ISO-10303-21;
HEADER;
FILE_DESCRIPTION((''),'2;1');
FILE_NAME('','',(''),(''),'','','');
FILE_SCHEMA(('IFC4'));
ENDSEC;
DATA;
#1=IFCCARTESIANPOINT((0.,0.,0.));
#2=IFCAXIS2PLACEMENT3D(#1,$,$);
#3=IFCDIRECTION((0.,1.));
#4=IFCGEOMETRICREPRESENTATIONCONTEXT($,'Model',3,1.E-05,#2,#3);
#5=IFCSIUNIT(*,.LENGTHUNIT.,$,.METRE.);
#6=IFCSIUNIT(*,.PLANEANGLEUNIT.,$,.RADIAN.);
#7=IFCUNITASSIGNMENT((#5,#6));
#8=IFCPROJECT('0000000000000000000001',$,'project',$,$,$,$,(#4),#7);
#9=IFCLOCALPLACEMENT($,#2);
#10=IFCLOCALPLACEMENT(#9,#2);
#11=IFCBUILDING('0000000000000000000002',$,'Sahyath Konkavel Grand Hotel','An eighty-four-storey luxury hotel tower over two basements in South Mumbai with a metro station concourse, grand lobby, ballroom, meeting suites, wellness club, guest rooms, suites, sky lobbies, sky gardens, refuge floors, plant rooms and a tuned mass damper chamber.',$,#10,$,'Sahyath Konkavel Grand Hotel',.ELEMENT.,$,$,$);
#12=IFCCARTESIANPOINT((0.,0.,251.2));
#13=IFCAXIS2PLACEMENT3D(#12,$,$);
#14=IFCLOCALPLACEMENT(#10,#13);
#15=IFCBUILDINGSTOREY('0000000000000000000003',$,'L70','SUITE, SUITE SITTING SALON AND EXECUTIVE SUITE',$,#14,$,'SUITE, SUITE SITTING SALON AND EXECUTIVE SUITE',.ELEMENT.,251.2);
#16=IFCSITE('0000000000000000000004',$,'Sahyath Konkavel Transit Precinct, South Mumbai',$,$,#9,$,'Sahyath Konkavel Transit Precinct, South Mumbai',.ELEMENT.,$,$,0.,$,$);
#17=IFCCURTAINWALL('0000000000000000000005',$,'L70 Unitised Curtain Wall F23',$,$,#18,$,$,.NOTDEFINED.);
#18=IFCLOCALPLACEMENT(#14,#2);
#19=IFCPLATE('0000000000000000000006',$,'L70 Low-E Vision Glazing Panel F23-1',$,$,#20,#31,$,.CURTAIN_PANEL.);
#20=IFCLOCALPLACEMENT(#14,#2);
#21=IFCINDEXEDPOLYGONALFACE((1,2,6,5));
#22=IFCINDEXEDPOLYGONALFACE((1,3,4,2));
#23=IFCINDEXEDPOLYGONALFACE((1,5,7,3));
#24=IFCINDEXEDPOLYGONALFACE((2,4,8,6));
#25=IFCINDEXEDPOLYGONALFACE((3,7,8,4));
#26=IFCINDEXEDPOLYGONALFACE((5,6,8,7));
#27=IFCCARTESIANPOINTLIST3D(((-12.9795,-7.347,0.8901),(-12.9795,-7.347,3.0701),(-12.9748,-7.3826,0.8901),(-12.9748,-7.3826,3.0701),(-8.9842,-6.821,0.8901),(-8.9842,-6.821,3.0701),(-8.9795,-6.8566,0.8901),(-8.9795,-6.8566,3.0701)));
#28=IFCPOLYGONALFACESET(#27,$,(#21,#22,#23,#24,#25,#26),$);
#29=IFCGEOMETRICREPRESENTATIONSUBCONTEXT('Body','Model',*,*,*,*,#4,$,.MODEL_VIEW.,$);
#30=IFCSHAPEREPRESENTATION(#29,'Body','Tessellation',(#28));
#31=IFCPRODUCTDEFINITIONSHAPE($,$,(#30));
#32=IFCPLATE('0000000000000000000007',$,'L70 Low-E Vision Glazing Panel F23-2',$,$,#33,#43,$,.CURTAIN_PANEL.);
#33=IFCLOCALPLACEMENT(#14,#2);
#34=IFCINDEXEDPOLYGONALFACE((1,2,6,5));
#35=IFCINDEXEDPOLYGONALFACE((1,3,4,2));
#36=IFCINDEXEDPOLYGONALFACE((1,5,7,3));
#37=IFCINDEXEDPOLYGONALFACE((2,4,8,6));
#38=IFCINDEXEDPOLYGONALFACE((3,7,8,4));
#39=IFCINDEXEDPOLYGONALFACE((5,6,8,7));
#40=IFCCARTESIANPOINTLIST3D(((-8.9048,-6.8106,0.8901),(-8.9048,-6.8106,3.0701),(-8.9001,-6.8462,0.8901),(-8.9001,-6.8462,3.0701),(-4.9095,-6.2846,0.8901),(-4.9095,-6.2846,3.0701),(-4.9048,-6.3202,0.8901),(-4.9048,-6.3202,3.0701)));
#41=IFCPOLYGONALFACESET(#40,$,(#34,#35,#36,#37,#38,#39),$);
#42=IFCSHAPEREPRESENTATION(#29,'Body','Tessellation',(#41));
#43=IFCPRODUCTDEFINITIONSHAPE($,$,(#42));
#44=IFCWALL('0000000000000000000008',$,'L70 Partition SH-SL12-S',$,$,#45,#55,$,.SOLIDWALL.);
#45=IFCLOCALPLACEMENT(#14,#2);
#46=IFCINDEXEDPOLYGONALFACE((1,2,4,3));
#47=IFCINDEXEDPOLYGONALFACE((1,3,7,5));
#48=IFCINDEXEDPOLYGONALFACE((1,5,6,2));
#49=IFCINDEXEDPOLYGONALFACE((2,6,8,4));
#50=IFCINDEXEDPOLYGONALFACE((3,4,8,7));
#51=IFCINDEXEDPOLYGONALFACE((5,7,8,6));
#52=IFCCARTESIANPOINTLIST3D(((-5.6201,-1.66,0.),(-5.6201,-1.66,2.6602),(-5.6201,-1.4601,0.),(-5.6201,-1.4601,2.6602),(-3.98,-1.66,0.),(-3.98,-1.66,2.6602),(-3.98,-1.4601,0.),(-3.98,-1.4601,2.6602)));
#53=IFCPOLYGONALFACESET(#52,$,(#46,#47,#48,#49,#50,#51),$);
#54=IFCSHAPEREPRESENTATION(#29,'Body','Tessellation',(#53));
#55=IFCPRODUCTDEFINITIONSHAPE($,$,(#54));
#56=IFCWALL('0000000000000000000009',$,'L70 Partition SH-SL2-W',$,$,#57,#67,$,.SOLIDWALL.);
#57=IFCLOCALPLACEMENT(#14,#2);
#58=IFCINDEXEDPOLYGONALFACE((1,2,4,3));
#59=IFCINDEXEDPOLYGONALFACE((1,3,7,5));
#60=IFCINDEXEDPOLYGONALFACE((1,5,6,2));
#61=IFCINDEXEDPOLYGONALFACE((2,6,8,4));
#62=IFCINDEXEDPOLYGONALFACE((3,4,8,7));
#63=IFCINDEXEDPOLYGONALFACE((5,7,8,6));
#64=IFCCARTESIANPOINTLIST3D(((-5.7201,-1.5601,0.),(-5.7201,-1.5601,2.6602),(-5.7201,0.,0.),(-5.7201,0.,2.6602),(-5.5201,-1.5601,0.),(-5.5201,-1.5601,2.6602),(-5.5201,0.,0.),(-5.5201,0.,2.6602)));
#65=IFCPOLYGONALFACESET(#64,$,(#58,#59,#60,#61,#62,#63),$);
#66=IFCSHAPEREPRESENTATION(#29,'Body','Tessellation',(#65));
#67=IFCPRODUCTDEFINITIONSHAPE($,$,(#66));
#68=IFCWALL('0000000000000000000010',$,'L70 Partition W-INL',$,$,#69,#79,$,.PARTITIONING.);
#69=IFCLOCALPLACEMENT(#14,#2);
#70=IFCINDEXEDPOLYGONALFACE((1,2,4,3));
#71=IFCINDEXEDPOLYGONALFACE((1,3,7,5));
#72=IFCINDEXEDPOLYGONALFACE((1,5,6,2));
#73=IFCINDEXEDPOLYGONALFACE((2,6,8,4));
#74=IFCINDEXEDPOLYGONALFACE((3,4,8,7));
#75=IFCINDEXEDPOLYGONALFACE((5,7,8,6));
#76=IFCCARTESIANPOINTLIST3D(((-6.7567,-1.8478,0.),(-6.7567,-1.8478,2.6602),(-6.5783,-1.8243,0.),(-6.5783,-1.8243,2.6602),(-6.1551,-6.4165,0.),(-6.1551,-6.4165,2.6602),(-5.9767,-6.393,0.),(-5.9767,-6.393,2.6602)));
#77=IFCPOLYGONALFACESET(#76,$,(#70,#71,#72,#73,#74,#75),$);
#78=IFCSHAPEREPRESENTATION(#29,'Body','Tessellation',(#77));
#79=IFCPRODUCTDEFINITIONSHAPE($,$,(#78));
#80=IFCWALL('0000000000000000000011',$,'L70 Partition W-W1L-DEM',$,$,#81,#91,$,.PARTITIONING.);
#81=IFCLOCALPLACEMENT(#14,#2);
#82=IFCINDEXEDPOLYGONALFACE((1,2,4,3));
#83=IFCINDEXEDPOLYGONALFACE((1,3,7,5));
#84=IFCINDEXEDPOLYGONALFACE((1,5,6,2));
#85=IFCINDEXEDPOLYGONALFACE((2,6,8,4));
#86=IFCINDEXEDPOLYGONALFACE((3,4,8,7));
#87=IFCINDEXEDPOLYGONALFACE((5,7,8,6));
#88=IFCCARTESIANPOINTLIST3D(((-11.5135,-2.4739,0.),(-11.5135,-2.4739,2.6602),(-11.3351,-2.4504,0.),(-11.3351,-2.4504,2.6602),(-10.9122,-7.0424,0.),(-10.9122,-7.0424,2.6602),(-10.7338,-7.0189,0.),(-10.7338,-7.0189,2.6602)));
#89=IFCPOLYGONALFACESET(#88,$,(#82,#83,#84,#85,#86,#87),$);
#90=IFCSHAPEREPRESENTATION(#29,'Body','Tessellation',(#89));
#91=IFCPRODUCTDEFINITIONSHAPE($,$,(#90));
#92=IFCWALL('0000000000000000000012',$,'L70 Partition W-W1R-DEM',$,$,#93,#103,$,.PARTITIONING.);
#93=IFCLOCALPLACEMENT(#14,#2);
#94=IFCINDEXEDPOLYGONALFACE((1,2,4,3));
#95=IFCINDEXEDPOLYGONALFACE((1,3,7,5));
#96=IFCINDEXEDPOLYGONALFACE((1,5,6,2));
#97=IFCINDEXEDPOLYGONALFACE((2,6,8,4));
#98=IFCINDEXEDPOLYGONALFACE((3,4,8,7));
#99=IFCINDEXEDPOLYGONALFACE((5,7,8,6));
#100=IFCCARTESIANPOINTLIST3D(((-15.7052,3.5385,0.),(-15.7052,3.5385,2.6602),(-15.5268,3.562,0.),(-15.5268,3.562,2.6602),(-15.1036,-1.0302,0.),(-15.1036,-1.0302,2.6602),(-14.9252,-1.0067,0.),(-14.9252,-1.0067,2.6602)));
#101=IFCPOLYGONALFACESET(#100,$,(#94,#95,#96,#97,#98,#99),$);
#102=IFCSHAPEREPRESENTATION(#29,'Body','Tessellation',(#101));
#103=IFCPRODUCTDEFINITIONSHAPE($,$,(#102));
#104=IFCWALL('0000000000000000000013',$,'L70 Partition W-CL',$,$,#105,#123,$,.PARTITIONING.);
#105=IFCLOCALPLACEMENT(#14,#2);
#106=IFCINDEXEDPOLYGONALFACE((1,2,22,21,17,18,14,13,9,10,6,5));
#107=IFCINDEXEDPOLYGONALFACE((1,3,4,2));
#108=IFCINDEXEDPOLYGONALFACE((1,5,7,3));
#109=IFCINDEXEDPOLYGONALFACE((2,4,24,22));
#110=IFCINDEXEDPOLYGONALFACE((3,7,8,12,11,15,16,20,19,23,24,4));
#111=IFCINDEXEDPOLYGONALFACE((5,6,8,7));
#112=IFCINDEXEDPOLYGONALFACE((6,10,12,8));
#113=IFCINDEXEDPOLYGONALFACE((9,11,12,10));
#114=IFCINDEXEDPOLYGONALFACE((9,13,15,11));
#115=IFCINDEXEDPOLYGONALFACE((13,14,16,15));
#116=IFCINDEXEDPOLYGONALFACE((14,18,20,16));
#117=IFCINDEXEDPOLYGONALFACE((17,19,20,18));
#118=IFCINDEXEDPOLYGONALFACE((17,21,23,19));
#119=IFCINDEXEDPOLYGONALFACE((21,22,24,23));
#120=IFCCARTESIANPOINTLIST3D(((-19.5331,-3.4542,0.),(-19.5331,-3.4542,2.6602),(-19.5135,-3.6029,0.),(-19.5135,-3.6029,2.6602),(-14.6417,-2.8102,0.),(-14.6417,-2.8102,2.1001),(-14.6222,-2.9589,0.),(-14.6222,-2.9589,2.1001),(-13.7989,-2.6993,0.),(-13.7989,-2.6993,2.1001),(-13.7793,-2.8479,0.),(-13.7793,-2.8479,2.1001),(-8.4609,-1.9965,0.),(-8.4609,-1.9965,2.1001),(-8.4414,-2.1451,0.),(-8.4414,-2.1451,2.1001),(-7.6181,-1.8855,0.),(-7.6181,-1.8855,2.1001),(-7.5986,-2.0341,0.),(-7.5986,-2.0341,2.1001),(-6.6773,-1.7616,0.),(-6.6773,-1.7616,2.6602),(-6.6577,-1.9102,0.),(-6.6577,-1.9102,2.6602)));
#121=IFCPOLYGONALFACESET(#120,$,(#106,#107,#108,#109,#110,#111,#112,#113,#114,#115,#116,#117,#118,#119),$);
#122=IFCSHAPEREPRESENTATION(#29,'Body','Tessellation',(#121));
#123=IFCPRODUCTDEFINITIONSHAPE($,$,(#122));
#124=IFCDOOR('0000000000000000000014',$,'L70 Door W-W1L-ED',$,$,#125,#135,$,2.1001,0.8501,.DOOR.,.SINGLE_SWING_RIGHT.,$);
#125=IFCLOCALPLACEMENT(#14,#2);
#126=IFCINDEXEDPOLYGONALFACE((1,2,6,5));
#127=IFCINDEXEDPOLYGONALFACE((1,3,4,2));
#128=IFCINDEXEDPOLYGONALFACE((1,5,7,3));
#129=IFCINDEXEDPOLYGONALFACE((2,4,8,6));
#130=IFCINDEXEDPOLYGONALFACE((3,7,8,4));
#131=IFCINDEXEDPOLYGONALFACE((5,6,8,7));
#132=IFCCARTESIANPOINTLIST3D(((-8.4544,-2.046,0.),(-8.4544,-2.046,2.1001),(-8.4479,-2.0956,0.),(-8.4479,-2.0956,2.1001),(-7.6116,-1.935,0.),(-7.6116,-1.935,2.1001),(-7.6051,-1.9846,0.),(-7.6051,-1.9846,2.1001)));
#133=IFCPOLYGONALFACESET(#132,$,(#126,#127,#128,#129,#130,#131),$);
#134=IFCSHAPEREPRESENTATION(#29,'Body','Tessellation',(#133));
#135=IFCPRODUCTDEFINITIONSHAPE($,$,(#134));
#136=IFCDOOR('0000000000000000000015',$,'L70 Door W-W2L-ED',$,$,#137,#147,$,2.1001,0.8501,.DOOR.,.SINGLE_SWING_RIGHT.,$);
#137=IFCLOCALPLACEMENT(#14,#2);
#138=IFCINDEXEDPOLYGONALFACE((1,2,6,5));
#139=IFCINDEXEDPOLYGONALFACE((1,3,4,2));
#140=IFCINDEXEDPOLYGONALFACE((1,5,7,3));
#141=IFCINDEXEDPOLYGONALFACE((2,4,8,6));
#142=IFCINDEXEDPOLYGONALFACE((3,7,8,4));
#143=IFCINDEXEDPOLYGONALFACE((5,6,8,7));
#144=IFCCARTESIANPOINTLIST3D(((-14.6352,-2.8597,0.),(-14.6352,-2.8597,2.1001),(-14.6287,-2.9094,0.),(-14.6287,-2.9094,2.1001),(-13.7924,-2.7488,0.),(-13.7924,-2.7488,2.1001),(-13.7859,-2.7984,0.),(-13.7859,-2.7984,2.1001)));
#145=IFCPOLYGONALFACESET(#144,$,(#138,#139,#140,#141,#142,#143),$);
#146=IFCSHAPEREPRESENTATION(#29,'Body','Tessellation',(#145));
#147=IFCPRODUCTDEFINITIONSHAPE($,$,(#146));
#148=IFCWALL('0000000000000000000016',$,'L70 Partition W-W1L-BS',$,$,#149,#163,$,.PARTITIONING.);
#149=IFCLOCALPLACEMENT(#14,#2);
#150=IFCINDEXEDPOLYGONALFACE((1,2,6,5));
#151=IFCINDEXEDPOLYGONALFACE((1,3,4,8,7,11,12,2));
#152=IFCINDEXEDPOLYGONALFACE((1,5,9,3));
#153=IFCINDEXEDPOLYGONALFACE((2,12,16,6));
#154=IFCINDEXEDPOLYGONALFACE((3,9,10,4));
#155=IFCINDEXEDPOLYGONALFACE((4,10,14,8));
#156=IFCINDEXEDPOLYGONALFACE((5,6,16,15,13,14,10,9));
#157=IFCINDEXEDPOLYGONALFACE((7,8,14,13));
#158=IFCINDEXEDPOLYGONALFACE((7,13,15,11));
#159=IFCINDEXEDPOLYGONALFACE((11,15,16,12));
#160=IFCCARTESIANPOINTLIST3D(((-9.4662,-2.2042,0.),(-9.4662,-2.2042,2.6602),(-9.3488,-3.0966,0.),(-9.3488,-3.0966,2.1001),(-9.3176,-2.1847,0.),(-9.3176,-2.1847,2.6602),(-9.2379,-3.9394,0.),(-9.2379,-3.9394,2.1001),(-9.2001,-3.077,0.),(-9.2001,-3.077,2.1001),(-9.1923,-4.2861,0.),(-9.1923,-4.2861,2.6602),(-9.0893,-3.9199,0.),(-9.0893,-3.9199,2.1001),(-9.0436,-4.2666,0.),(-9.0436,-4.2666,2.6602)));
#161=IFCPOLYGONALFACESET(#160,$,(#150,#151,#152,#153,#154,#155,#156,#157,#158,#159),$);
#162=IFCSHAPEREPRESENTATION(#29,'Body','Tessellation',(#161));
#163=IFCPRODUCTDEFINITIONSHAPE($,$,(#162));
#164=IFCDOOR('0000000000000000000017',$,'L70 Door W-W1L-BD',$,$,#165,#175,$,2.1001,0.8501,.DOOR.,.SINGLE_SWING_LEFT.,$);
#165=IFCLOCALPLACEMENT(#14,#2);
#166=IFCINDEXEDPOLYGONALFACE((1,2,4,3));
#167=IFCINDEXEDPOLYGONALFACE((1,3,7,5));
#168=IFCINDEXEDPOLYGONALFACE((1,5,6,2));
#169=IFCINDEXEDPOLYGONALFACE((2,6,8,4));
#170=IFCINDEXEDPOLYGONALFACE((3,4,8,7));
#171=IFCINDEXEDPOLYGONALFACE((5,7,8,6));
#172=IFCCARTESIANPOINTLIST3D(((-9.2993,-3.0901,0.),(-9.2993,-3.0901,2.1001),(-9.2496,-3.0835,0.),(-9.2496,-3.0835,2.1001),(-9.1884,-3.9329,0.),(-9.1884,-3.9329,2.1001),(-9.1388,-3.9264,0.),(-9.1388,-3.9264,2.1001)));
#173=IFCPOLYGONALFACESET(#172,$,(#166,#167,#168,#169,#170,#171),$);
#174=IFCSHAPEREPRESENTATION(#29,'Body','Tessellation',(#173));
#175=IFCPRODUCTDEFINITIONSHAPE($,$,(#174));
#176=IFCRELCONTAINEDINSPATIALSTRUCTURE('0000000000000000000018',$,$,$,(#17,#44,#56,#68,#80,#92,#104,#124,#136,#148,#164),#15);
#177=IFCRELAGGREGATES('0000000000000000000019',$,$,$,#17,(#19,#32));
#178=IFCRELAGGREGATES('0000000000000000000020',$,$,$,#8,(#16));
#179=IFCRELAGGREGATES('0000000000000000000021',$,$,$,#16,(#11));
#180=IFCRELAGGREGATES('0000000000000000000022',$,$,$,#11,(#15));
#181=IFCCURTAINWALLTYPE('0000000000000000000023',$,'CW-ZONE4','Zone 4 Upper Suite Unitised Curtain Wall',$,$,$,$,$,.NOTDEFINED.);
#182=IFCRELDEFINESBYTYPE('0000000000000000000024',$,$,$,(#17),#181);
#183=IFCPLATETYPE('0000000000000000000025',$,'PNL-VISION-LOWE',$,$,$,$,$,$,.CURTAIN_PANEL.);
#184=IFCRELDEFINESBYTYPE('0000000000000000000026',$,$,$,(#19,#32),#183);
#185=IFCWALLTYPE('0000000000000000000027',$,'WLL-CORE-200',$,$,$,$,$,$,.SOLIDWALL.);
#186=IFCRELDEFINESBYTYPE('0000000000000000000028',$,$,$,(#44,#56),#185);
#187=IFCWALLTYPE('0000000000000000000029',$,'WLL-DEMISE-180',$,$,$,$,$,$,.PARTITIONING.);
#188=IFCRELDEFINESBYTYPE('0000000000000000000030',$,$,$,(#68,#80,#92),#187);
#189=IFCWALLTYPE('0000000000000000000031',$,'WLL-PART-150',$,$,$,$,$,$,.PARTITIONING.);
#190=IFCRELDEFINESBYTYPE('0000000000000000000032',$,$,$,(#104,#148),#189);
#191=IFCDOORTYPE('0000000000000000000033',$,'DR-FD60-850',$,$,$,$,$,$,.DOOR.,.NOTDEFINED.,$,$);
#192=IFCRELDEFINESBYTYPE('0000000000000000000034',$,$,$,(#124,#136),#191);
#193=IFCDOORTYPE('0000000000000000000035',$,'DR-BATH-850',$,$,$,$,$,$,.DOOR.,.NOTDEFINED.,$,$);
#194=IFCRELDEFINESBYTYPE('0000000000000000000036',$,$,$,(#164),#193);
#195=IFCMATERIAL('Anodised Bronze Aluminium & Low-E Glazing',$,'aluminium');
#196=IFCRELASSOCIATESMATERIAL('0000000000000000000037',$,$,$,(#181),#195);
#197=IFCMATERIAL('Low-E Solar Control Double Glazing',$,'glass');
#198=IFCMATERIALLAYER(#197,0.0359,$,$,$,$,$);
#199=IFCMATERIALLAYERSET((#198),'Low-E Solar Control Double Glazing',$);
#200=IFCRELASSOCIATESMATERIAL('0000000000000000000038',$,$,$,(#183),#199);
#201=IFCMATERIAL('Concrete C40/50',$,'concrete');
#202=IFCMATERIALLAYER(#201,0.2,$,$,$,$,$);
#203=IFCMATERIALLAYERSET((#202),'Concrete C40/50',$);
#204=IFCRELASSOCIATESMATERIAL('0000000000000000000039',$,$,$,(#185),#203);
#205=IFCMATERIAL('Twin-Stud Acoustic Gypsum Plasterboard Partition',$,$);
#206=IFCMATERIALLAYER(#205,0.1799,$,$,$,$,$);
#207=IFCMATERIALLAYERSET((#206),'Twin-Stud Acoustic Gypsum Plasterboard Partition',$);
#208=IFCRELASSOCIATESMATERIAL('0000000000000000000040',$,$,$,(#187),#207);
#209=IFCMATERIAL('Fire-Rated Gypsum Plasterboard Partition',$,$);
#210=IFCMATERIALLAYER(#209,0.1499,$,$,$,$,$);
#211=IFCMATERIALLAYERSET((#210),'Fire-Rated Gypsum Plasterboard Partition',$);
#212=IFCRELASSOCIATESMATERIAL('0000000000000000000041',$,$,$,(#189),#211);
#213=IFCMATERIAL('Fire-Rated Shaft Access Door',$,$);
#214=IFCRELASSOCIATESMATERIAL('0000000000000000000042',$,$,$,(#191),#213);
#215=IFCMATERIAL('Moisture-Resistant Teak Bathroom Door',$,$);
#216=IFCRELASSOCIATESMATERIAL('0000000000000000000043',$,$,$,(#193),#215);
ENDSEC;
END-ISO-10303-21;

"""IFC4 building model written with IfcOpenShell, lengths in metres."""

from ifc_helpers import new_model, si_unit, direction, frame, frame_2d, origin, origin_2d, place, context, subcontext, project, spatial, rectangle, extrude, source, transform, mapped, material, layer, layer_set, type_object, element, fill, aggregate, save


model = new_model("IFC4")

# Units and contexts
model_context = context("Model", 3, precision=1e-05, world=origin(), true_north=direction((0.0, 1.0)))
body_context = subcontext(model_context, "Body", "Model", "MODEL_VIEW")
ifc_project = project(units=[si_unit("LENGTHUNIT", "METRE"), si_unit("PLANEANGLEUNIT", "RADIAN")], contexts=[model_context])

# Site, building, storey
site_placement = place(None, origin())
site = spatial("IfcSite", under=ifc_project, at=site_placement, Name="Sahyath Konkavel Transit Precinct, South Mumbai", LongName="Sahyath Konkavel Transit Precinct, South Mumbai", CompositionType="ELEMENT", RefElevation=0.0)
building_placement = place(site_placement, origin())
building = spatial("IfcBuilding", under=site, at=building_placement, Name="Sahyath Konkavel Grand Hotel", Description="An eighty-four-storey luxury hotel tower over two basements in South Mumbai with a metro station concourse, grand lobby, ballroom, meeting suites, wellness club, guest rooms, suites, sky lobbies, sky gardens, refuge floors, plant rooms and a tuned mass damper chamber.", LongName="Sahyath Konkavel Grand Hotel", CompositionType="ELEMENT")
storey_placement = place(building_placement, frame((0.0, 0.0, 251.2)))
storey = spatial("IfcBuildingStorey", under=building, at=storey_placement, Name="L70", Description="SUITE, SUITE SITTING SALON AND EXECUTIVE SUITE", LongName="SUITE, SUITE SITTING SALON AND EXECUTIVE SUITE", CompositionType="ELEMENT", Elevation=251.2)

# Shared definitions
ifc_material_1 = material(Name="Concrete C40/50", Category="concrete")

# Curtain wall
ifc_material_2 = material(Name="Anodised Bronze Aluminium & Low-E Glazing", Category="aluminium")
curtain_wall_type = type_object("IfcCurtainWallType", Name="CW-ZONE4", Description="Zone 4 Upper Suite Unitised Curtain Wall", PredefinedType="NOTDEFINED", material=ifc_material_2)
curtain_wall_placement = place(storey_placement, origin())
curtain_wall = element("IfcCurtainWall", 1, at=curtain_wall_placement, inside=storey, type_object=curtain_wall_type, Name="L70 Unitised Curtain Wall F23", PredefinedType="NOTDEFINED")

# Plates
ifc_material_3 = material(Name="Low-E Solar Control Double Glazing", Category="glass")
ifc_layer_1 = layer(ifc_material_3, 0.0359)
ifc_layer_set_1 = layer_set([ifc_layer_1], Name="Low-E Solar Control Double Glazing")
plate_type_1 = type_object("IfcPlateType", Name="PNL-VISION-LOWE", PredefinedType="CURTAIN_PANEL", material=ifc_layer_set_1)
shared_shape_1 = source(origin(), body_context, "Body", "SweptSolid", [
    extrude(rectangle(XDim=4.0298, YDim=0.0359, at=origin_2d()), origin(), (0.0, 0.0, 1.0), 2.1799),
])
plate_1_placement = place(storey_placement, frame((-10.9795, -7.1018, 0.8901), z_axis=(0.0, 0.0, 1.0), x_axis=(0.991445, 0.130526, 0.0)))
plate_1 = element("IfcPlate", 2, at=plate_1_placement, type_object=plate_type_1, Name="L70 Low-E Vision Glazing Panel F23-1", PredefinedType="CURTAIN_PANEL", context=body_context, shape_type="MappedRepresentation", body=[
    mapped(shared_shape_1, transform((0.0, 0.0, 0.0), scale=1.0)),
])
plate_2_placement = place(storey_placement, frame((-6.9048, -6.5654, 0.8901), z_axis=(0.0, 0.0, 1.0), x_axis=(0.991445, 0.130526, 0.0)))
plate_2 = element("IfcPlate", 3, at=plate_2_placement, type_object=plate_type_1, Name="L70 Low-E Vision Glazing Panel F23-2", PredefinedType="CURTAIN_PANEL", context=body_context, shape_type="MappedRepresentation", body=[
    mapped(shared_shape_1, transform((0.0, 0.0, 0.0), scale=1.0)),
])
aggregate(curtain_wall, [plate_1, plate_2])

# Walls
ifc_layer_2 = layer(ifc_material_1, 0.2)
ifc_layer_set_2 = layer_set([ifc_layer_2], Name="Concrete C40/50")
wall_type_1 = type_object("IfcWallType", Name="WLL-CORE-200", PredefinedType="SOLIDWALL", material=ifc_layer_set_2)
wall_1_placement = place(storey_placement, frame((-5.6201, -1.5601, 0.0), z_axis=(0.0, 0.0, 1.0), x_axis=(1.0, 0.0, 0.0)))
element("IfcWall", 4, at=wall_1_placement, inside=storey, type_object=wall_type_1, Name="L70 Partition SH-SL12-S", PredefinedType="SOLIDWALL", context=body_context, shape_type="SweptSolid", body=[
    extrude(rectangle(XDim=1.6401, YDim=0.2, at=frame_2d((0.8201, 0.0))), origin(), (0.0, 0.0, 1.0), 2.6602),
])
wall_2_placement = place(storey_placement, frame((-5.6201, -1.5601, 0.0), z_axis=(0.0, 0.0, 1.0), x_axis=(0.0, 1.0, 0.0)))
element("IfcWall", 5, at=wall_2_placement, inside=storey, type_object=wall_type_1, Name="L70 Partition SH-SL2-W", PredefinedType="SOLIDWALL", context=body_context, shape_type="SweptSolid", body=[
    extrude(rectangle(XDim=1.5601, YDim=0.2, at=frame_2d((0.78, 0.0))), origin(), (0.0, 0.0, 1.0), 2.6602),
])
ifc_material_4 = material(Name="Twin-Stud Acoustic Gypsum Plasterboard Partition")
ifc_layer_3 = layer(ifc_material_4, 0.1799)
ifc_layer_set_3 = layer_set([ifc_layer_3], Name="Twin-Stud Acoustic Gypsum Plasterboard Partition")
wall_type_2 = type_object("IfcWallType", Name="WLL-DEMISE-180", PredefinedType="PARTITIONING", material=ifc_layer_set_3)
wall_3_placement = place(storey_placement, frame((-6.6675, -1.8359, 0.0), z_axis=(0.0, 0.0, 1.0), x_axis=(0.130546, -0.991442, 0.0)))
element("IfcWall", 6, at=wall_3_placement, inside=storey, type_object=wall_type_2, Name="L70 Partition W-INL", PredefinedType="PARTITIONING", context=body_context, shape_type="SweptSolid", body=[
    extrude(rectangle(XDim=4.6082, YDim=0.1799, at=frame_2d((2.3042, 0.0))), origin(), (0.0, 0.0, 1.0), 2.6602),
])
wall_4_placement = place(storey_placement, frame((-11.4243, -2.4622, 0.0), z_axis=(0.0, 0.0, 1.0), x_axis=(0.130494, -0.991449, 0.0)))
element("IfcWall", 7, at=wall_4_placement, inside=storey, type_object=wall_type_2, Name="L70 Partition W-W1L-DEM", PredefinedType="PARTITIONING", context=body_context, shape_type="SweptSolid", body=[
    extrude(rectangle(XDim=4.6079, YDim=0.1799, at=frame_2d((2.304, 0.0))), origin(), (0.0, 0.0, 1.0), 2.6602),
])
wall_5_placement = place(storey_placement, frame((-15.0144, -1.0186, 0.0), z_axis=(0.0, 0.0, 1.0), x_axis=(-0.130546, 0.991442, 0.0)))
element("IfcWall", 8, at=wall_5_placement, inside=storey, type_object=wall_type_2, Name="L70 Partition W-W1R-DEM", PredefinedType="PARTITIONING", context=body_context, shape_type="SweptSolid", body=[
    extrude(rectangle(XDim=4.6082, YDim=0.1799, at=frame_2d((2.3042, 0.0))), origin(), (0.0, 0.0, 1.0), 2.6602),
])

# Wall, openings, doors
ifc_material_5 = material(Name="Fire-Rated Gypsum Plasterboard Partition")
ifc_layer_4 = layer(ifc_material_5, 0.1499)
ifc_layer_set_4 = layer_set([ifc_layer_4], Name="Fire-Rated Gypsum Plasterboard Partition")
wall_type_3 = type_object("IfcWallType", Name="WLL-PART-150", PredefinedType="PARTITIONING", material=ifc_layer_set_4)
wall_6_placement = place(storey_placement, frame((-6.6675, -1.8359, 0.0), z_axis=(0.0, 0.0, 1.0), x_axis=(-0.991444, -0.130534, 0.0)))
wall_6 = element("IfcWall", 9, at=wall_6_placement, inside=storey, type_object=wall_type_3, Name="L70 Partition W-CL", PredefinedType="PARTITIONING", context=body_context, shape_type="SweptSolid", body=[
    extrude(rectangle(XDim=12.9668, YDim=0.1499, at=frame_2d((6.4834, 0.0))), origin(), (0.0, 0.0, 1.0), 2.6602),
])
opening_1_placement = place(wall_6_placement, frame((0.949, 0.0, 0.0)))
opening_1 = element("IfcOpeningElement", 10, at=opening_1_placement, cuts=wall_6, PredefinedType="OPENING", context=body_context, shape_type="SweptSolid", body=[
    extrude(rectangle(XDim=0.8501, YDim=2.1001, at=frame_2d((0.425, 1.05))), frame((0.0, 0.085, 0.0), z_axis=(0.0, -1.0, 0.0), x_axis=(1.0, 0.0, 0.0)), (0.0, 0.0, 1.0), 0.1699),
])
opening_2_placement = place(wall_6_placement, frame((7.1831, 0.0, 0.0)))
opening_2 = element("IfcOpeningElement", 11, at=opening_2_placement, cuts=wall_6, PredefinedType="OPENING", context=body_context, shape_type="SweptSolid", body=[
    extrude(rectangle(XDim=0.8501, YDim=2.1001, at=frame_2d((0.425, 1.05))), frame((0.0, 0.085, 0.0), z_axis=(0.0, -1.0, 0.0), x_axis=(1.0, 0.0, 0.0)), (0.0, 0.0, 1.0), 0.1699),
])
ifc_material_6 = material(Name="Fire-Rated Shaft Access Door")
door_type_1 = type_object("IfcDoorType", Name="DR-FD60-850", OperationType="NOTDEFINED", PredefinedType="DOOR", material=ifc_material_6)
shared_shape_2 = source(origin(), body_context, "Body", "SweptSolid", [
    extrude(rectangle(XDim=0.8501, YDim=0.05, at=origin_2d()), origin(), (0.0, 0.0, 1.0), 2.1001),
])
door_1_placement = place(opening_1_placement, frame((0.425, 0.0, 0.0)))
door_1 = element("IfcDoor", 12, at=door_1_placement, inside=storey, type_object=door_type_1, Name="L70 Door W-W1L-ED", OperationType="SINGLE_SWING_RIGHT", OverallHeight=2.1001, OverallWidth=0.8501, PredefinedType="DOOR", context=body_context, shape_type="MappedRepresentation", body=[
    mapped(shared_shape_2, transform((0.0, 0.0, 0.0), scale=1.0)),
])
fill(opening_1, door_1)
door_2_placement = place(opening_2_placement, frame((0.425, 0.0, 0.0)))
door_2 = element("IfcDoor", 13, at=door_2_placement, inside=storey, type_object=door_type_1, Name="L70 Door W-W2L-ED", OperationType="SINGLE_SWING_RIGHT", OverallHeight=2.1001, OverallWidth=0.8501, PredefinedType="DOOR", context=body_context, shape_type="MappedRepresentation", body=[
    mapped(shared_shape_2, transform((0.0, 0.0, 0.0), scale=1.0)),
])
fill(opening_2, door_2)

# Wall, opening, door
wall_7_placement = place(storey_placement, frame((-9.3918, -2.1946, 0.0), z_axis=(0.0, 0.0, 1.0), x_axis=(0.130442, -0.991456, 0.0)))
wall_7 = element("IfcWall", 14, at=wall_7_placement, inside=storey, type_object=wall_type_3, Name="L70 Partition W-W1L-BS", PredefinedType="PARTITIONING", context=body_context, shape_type="SweptSolid", body=[
    extrude(rectangle(XDim=2.0999, YDim=0.1499, at=frame_2d((1.0498, 0.0))), origin(), (0.0, 0.0, 1.0), 2.6602),
])
opening_3_placement = place(wall_7_placement, frame((0.8999, 0.0, 0.0)))
opening_3 = element("IfcOpeningElement", 15, at=opening_3_placement, cuts=wall_7, PredefinedType="OPENING", context=body_context, shape_type="SweptSolid", body=[
    extrude(rectangle(XDim=0.8501, YDim=2.1001, at=frame_2d((0.425, 1.05))), frame((0.0, 0.085, 0.0), z_axis=(0.0, -1.0, 0.0), x_axis=(1.0, 0.0, 0.0)), (0.0, 0.0, 1.0), 0.1699),
])
ifc_material_7 = material(Name="Moisture-Resistant Teak Bathroom Door")
door_type_2 = type_object("IfcDoorType", Name="DR-BATH-850", OperationType="NOTDEFINED", PredefinedType="DOOR", material=ifc_material_7)
door_3_placement = place(opening_3_placement, frame((0.425, 0.0, 0.0)))
door_3 = element("IfcDoor", 16, at=door_3_placement, inside=storey, type_object=door_type_2, Name="L70 Door W-W1L-BD", OperationType="SINGLE_SWING_LEFT", OverallHeight=2.1001, OverallWidth=0.8501, PredefinedType="DOOR", context=body_context, shape_type="MappedRepresentation", body=[
    mapped(shared_shape_2, transform((0.0, 0.0, 0.0), scale=1.0)),
])
fill(opening_3, door_3)

save(model, "model.ifc")
